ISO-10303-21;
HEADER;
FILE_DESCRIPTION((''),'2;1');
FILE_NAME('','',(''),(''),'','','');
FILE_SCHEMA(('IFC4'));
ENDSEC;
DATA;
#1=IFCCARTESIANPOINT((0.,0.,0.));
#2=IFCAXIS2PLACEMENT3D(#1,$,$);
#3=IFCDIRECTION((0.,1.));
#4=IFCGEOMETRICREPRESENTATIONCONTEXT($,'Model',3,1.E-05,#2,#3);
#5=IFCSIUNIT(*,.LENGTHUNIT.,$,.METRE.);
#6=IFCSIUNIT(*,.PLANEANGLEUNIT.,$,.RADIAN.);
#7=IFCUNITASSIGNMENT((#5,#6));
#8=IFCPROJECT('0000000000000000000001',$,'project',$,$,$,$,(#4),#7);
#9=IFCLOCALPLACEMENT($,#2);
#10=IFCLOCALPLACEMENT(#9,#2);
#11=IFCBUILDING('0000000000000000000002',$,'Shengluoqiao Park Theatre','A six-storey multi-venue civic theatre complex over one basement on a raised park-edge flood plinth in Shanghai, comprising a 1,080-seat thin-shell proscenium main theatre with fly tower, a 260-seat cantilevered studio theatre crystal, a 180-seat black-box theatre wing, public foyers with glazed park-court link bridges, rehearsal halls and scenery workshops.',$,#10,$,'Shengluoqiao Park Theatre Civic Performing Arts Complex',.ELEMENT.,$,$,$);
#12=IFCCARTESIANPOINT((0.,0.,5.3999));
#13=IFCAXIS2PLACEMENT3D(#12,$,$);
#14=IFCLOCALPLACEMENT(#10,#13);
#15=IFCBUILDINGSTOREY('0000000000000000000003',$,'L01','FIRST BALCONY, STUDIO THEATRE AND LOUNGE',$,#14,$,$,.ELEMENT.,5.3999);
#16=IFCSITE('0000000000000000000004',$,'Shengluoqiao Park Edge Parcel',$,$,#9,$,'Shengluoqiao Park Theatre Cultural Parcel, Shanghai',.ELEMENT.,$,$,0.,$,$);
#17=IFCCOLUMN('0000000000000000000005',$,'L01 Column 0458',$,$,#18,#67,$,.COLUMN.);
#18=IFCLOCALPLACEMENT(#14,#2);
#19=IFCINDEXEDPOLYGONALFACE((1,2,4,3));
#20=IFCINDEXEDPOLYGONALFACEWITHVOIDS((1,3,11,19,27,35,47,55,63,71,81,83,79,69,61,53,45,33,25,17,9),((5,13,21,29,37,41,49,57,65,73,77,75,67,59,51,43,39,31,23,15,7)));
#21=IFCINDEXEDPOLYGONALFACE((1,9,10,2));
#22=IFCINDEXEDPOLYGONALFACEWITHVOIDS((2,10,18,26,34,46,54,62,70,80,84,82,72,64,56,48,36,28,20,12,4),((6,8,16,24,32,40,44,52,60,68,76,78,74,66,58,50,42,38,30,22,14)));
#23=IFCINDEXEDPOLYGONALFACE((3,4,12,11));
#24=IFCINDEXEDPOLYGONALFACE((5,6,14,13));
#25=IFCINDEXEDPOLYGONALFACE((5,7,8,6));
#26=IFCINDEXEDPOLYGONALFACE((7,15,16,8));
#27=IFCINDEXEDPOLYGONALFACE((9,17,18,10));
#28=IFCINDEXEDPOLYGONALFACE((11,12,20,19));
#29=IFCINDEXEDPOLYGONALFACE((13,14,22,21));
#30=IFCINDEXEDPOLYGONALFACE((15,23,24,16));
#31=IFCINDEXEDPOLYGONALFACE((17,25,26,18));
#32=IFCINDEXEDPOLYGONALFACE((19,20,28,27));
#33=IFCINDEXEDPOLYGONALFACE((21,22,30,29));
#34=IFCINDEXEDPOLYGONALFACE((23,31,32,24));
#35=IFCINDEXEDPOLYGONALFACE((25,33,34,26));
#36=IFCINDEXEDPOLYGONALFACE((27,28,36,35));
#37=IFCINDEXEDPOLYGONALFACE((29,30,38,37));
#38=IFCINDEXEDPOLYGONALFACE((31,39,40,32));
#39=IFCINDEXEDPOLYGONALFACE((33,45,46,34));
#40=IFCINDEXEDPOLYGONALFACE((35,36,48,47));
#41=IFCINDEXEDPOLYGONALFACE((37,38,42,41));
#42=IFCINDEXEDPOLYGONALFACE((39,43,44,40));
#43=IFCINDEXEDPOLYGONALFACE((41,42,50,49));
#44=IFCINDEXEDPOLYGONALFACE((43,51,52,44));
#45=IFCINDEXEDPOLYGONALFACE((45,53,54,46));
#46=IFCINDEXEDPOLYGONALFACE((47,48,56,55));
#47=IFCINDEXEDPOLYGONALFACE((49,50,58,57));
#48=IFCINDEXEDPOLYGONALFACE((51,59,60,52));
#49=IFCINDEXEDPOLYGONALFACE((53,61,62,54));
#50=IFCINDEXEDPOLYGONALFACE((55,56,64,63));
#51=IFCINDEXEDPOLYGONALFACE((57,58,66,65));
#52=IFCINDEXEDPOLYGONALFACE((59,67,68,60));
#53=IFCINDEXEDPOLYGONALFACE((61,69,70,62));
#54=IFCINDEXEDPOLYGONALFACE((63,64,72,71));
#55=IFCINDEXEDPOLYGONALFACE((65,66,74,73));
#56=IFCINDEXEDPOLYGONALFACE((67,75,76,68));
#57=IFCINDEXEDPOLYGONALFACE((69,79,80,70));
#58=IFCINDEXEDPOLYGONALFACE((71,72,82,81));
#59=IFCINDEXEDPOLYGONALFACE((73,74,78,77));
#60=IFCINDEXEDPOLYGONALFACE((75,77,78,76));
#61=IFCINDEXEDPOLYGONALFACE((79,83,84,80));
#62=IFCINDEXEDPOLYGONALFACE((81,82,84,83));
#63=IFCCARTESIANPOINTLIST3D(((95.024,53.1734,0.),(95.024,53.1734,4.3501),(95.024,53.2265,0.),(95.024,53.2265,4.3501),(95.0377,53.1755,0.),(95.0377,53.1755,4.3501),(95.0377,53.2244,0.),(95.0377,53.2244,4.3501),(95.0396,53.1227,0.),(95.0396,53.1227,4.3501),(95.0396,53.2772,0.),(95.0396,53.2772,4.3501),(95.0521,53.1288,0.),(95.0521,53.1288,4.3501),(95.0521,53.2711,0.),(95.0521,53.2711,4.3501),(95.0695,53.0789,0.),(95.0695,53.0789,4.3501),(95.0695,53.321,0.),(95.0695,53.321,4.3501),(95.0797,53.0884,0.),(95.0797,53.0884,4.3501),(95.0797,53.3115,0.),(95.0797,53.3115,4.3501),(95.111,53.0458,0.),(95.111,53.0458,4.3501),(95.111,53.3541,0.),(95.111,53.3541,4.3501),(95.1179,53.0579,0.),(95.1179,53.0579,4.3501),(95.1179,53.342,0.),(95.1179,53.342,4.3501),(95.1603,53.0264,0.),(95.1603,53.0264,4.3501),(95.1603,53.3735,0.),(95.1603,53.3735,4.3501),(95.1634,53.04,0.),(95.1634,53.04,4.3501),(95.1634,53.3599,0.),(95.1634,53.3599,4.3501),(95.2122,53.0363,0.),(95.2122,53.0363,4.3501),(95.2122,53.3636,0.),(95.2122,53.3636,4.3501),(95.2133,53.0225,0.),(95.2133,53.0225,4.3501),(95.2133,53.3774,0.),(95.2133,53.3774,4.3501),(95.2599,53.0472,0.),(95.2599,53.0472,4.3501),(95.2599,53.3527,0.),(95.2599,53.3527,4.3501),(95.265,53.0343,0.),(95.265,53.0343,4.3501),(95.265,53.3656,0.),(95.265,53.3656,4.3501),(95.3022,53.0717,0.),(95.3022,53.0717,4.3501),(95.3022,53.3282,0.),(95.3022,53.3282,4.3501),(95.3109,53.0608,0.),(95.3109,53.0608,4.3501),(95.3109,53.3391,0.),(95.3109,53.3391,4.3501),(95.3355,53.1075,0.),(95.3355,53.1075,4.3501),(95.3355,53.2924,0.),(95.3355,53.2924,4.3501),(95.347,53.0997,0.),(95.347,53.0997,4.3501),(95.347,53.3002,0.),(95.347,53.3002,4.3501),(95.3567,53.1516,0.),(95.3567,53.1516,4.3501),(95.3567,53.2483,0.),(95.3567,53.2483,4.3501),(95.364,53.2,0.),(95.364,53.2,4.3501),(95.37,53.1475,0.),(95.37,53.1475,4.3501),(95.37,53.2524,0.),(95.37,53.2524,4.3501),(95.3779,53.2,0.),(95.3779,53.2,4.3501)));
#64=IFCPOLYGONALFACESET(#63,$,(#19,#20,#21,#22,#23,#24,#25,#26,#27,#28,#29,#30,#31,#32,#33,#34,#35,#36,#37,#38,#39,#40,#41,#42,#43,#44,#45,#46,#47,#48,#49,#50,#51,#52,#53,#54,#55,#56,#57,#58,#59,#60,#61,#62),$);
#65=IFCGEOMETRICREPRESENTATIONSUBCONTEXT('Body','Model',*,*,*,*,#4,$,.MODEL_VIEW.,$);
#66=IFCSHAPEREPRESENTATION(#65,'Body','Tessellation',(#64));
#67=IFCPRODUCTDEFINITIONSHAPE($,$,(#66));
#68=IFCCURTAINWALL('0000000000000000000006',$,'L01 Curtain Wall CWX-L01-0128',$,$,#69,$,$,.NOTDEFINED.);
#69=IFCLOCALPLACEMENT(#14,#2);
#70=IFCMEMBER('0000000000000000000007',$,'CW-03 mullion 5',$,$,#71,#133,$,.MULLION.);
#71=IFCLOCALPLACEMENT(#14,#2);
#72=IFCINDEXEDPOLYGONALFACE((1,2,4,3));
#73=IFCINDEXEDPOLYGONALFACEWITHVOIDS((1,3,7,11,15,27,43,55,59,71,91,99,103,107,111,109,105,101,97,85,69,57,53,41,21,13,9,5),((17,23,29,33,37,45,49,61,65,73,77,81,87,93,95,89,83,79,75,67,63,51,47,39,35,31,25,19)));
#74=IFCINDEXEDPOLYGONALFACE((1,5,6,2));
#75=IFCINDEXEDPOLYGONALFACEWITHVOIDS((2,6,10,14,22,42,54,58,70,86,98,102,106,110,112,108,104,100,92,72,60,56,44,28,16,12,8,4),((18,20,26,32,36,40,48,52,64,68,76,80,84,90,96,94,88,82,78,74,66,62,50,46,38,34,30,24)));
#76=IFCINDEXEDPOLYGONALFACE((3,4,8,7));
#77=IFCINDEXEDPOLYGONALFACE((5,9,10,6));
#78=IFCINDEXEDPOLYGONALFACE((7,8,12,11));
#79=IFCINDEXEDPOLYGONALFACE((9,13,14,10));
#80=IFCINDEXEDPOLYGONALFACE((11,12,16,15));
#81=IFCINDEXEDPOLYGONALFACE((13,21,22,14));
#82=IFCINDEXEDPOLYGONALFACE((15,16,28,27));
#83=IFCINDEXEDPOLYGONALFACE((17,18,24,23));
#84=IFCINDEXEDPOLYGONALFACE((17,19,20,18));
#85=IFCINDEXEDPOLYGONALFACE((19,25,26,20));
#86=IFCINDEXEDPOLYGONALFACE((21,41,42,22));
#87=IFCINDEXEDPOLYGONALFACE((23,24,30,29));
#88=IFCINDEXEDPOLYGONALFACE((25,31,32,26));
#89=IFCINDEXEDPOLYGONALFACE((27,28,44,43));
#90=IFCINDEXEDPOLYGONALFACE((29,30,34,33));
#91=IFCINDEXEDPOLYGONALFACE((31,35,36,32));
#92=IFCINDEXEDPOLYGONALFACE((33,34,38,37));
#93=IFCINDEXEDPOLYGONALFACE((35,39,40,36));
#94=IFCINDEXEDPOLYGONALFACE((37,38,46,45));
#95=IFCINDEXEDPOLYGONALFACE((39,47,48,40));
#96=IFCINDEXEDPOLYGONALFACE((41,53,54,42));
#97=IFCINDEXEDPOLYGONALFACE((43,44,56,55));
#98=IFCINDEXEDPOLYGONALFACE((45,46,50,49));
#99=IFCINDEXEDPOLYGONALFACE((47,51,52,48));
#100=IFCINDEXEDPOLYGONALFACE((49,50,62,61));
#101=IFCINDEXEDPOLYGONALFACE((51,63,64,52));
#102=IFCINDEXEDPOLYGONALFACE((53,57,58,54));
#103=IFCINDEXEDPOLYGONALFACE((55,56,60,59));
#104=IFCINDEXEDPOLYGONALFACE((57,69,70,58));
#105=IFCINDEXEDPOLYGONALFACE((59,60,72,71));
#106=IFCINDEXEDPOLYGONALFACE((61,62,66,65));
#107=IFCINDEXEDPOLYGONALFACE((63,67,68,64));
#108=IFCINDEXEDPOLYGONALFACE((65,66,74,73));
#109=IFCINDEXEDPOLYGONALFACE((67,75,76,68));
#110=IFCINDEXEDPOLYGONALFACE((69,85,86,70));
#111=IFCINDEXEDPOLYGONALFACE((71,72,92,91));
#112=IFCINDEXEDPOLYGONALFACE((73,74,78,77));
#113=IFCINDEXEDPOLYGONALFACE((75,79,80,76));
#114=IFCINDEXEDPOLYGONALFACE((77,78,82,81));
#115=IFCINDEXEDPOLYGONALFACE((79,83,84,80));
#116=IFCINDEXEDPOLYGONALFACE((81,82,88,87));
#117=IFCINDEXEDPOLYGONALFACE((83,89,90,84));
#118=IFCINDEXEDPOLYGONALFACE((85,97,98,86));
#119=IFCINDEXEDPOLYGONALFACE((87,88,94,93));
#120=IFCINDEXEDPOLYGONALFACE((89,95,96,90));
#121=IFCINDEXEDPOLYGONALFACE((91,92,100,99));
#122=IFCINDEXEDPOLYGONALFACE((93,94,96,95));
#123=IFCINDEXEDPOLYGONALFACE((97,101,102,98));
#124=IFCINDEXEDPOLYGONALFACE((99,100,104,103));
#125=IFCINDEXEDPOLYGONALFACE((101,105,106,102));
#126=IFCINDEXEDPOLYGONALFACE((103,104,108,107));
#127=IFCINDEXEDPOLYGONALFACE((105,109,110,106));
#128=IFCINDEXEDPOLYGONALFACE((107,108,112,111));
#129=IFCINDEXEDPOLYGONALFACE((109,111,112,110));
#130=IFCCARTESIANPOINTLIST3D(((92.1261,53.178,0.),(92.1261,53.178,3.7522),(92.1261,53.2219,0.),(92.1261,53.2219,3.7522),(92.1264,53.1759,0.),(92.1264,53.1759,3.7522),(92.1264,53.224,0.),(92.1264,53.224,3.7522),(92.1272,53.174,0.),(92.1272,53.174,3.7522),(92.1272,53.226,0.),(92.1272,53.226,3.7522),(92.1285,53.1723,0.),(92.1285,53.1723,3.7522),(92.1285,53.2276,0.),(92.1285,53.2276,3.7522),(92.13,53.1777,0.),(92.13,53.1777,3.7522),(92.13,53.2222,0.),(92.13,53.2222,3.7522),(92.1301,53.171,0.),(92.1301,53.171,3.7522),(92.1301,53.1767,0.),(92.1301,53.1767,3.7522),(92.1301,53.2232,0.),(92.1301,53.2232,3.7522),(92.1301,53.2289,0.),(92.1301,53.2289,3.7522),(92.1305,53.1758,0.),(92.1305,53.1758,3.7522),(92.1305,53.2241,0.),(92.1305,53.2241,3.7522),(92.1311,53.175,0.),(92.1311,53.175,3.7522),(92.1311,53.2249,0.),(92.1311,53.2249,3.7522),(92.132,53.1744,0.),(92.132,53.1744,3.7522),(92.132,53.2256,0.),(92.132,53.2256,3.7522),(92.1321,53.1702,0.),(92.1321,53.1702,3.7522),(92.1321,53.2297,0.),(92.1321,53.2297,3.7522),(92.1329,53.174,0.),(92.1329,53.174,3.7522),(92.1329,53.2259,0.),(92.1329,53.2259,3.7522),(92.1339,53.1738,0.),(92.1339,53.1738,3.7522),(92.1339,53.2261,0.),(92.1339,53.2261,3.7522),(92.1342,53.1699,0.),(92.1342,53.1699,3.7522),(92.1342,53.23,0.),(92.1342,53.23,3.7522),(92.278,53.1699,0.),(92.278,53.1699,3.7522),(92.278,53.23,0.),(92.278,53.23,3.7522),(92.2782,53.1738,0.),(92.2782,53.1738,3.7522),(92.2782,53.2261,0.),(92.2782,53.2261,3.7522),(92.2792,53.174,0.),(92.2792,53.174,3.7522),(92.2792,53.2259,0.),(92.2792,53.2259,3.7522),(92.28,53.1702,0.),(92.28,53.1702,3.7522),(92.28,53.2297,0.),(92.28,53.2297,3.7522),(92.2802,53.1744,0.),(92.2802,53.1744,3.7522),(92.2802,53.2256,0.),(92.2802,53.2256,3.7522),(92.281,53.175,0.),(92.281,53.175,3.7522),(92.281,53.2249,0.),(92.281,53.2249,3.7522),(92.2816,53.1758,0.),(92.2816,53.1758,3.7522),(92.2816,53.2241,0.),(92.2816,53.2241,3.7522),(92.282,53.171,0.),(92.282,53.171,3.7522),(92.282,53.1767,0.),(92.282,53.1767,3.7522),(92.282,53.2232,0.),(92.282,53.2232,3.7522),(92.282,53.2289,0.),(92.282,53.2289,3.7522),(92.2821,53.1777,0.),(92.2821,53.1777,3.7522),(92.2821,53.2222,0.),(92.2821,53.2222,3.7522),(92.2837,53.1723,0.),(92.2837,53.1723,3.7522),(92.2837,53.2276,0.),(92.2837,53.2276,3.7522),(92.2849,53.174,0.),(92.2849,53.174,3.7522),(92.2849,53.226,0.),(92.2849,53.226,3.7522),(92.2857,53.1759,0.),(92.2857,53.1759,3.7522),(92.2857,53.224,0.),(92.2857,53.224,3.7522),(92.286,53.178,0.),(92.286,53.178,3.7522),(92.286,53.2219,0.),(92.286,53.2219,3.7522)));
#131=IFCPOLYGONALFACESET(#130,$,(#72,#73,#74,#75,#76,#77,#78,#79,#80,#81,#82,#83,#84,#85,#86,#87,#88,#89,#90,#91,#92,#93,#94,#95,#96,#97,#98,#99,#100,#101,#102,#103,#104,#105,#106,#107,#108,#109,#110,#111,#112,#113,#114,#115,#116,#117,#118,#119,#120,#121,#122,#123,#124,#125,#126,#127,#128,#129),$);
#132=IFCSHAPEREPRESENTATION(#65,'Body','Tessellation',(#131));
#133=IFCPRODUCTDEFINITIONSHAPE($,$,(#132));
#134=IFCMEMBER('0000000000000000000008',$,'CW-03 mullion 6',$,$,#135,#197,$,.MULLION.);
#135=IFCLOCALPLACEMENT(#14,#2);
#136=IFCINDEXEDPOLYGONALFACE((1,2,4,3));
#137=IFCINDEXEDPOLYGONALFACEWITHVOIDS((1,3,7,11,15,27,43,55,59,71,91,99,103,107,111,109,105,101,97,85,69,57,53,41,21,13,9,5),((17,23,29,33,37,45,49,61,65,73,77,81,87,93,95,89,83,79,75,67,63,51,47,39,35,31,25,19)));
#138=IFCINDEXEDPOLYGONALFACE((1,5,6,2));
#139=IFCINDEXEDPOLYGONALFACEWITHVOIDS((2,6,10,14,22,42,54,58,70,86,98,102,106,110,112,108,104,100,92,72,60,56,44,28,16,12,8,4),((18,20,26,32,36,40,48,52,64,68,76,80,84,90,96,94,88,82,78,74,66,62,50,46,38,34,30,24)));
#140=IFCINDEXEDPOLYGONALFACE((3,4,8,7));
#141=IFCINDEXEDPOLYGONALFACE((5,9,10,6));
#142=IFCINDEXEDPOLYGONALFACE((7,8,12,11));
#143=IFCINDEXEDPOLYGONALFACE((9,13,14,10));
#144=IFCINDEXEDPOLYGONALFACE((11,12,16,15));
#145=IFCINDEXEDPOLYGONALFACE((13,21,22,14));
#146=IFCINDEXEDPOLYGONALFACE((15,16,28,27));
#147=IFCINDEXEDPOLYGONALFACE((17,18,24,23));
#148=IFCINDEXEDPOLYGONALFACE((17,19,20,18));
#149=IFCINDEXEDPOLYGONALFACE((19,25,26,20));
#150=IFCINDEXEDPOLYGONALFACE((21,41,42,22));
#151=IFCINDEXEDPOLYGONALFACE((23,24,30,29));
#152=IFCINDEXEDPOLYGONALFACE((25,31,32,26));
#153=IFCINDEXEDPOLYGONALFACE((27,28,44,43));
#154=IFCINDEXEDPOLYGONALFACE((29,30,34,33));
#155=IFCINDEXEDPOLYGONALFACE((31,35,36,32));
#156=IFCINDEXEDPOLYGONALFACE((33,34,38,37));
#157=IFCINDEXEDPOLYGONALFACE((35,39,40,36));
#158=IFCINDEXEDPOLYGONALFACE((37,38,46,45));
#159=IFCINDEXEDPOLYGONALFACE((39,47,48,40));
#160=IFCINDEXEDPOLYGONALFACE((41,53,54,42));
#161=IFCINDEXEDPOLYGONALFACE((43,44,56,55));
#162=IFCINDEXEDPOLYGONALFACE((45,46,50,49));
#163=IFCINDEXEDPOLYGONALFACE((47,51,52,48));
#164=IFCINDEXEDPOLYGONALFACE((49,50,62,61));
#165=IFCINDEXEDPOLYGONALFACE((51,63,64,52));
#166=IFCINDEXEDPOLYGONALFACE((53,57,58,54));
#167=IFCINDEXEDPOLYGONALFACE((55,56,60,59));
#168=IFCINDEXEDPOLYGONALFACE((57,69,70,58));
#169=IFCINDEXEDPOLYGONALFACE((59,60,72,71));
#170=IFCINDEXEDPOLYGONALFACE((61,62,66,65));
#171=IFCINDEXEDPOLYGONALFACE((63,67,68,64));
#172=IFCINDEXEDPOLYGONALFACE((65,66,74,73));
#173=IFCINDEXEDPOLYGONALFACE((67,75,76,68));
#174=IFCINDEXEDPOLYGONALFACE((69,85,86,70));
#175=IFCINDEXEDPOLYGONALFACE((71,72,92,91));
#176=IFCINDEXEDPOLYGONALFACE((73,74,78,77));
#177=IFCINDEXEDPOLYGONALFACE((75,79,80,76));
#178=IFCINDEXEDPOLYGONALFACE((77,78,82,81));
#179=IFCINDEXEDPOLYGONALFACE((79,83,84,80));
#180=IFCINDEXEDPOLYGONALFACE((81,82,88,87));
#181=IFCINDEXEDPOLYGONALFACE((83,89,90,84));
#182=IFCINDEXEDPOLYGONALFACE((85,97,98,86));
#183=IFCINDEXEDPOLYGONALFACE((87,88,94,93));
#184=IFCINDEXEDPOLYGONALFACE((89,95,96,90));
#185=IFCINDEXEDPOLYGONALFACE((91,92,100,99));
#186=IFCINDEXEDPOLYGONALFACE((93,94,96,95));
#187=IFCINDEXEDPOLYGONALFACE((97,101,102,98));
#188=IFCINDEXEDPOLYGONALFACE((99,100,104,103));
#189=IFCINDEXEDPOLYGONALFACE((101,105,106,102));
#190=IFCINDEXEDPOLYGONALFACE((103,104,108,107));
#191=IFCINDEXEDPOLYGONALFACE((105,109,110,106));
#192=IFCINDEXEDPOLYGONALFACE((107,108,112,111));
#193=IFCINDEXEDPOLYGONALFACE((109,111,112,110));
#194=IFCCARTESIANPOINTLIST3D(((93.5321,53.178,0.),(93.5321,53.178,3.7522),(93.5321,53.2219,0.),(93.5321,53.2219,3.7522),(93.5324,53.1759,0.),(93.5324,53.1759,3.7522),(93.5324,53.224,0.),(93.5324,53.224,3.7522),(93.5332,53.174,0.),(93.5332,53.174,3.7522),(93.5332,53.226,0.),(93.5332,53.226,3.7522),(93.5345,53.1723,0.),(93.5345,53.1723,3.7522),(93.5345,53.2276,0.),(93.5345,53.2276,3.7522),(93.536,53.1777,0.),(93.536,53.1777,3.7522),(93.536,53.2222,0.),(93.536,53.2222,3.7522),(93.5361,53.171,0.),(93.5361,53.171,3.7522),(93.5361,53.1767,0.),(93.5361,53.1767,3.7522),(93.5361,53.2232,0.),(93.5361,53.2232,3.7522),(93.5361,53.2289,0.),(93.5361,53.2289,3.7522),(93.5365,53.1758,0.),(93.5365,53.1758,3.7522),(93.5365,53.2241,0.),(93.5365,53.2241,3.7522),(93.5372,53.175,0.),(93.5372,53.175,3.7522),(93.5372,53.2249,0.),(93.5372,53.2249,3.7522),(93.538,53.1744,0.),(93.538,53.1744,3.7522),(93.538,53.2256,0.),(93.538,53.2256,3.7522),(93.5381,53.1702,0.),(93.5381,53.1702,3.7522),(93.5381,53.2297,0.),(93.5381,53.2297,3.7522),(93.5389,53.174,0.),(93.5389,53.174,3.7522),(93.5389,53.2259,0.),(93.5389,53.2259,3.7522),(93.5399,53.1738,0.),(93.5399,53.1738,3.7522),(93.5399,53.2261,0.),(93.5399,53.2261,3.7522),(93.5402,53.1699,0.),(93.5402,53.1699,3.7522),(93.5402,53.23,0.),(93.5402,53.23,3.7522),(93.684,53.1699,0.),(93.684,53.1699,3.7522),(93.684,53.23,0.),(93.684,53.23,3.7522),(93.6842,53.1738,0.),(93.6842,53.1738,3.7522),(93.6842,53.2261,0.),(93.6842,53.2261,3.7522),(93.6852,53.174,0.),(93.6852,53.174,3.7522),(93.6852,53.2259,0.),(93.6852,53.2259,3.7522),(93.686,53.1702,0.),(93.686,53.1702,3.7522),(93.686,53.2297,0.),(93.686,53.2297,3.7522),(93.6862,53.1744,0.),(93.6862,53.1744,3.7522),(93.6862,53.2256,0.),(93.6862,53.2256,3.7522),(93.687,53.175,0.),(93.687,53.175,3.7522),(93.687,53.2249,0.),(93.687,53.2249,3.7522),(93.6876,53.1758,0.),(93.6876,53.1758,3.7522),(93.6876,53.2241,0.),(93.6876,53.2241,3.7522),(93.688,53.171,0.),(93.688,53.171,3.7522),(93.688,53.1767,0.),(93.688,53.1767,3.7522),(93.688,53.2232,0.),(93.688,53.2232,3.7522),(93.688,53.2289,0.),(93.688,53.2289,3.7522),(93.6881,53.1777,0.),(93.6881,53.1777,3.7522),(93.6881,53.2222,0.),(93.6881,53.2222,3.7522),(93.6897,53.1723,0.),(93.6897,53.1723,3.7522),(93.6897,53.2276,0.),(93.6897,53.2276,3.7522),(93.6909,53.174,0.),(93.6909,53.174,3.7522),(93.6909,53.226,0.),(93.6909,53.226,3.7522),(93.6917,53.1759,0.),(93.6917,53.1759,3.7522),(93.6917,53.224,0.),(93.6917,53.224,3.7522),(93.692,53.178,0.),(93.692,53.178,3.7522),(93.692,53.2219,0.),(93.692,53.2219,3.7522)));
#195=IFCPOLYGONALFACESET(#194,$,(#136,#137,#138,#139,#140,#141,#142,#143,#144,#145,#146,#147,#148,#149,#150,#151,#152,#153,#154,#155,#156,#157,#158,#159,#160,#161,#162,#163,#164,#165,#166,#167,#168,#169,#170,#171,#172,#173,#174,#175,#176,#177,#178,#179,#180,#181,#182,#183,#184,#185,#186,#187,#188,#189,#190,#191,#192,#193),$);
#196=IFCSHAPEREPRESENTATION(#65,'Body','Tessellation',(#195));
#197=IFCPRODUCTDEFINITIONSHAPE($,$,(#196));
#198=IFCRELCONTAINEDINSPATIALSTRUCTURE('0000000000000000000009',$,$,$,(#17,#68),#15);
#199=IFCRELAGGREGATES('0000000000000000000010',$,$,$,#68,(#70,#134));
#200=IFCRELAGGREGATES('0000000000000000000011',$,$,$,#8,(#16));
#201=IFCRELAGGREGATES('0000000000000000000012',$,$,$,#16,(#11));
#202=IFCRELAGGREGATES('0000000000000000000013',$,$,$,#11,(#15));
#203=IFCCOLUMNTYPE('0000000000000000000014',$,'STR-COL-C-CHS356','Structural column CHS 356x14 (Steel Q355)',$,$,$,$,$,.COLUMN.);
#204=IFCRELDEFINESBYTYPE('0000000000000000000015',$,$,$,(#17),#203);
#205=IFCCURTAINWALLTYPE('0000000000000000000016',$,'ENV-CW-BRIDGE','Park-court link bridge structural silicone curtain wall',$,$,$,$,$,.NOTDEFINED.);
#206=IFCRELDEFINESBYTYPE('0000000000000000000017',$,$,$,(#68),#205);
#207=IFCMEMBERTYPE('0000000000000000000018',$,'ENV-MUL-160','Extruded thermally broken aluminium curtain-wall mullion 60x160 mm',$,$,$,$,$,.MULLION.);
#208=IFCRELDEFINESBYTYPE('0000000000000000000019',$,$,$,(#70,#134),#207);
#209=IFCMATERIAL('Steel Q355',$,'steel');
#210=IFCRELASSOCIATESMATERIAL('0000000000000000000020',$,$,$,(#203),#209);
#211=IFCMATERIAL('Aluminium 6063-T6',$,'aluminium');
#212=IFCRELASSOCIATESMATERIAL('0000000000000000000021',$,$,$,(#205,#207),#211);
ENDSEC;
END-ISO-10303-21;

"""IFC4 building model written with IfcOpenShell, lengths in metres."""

from ifc_helpers import new_model, si_unit, direction, frame, origin, origin_2d, place, context, subcontext, project, spatial, hollow_rectangle, hollow_circle, extrude, material, material_profile, profile_set, type_object, element, aggregate, save


model = new_model("IFC4")

# Units and contexts
model_context = context("Model", 3, precision=1e-05, world=origin(), true_north=direction((0.0, 1.0)))
body_context = subcontext(model_context, "Body", "Model", "MODEL_VIEW")
ifc_project = project(units=[si_unit("LENGTHUNIT", "METRE"), si_unit("PLANEANGLEUNIT", "RADIAN")], contexts=[model_context])

# Site, building, storey
site_placement = place(None, origin())
site = spatial("IfcSite", under=ifc_project, at=site_placement, Name="Shengluoqiao Park Edge Parcel", LongName="Shengluoqiao Park Theatre Cultural Parcel, Shanghai", CompositionType="ELEMENT", RefElevation=0.0)
building_placement = place(site_placement, origin())
building = spatial("IfcBuilding", under=site, at=building_placement, Name="Shengluoqiao Park Theatre", Description="A six-storey multi-venue civic theatre complex over one basement on a raised park-edge flood plinth in Shanghai, comprising a 1,080-seat thin-shell proscenium main theatre with fly tower, a 260-seat cantilevered studio theatre crystal, a 180-seat black-box theatre wing, public foyers with glazed park-court link bridges, rehearsal halls and scenery workshops.", LongName="Shengluoqiao Park Theatre Civic Performing Arts Complex", CompositionType="ELEMENT")
storey_placement = place(building_placement, frame((0.0, 0.0, 5.3999)))
storey = spatial("IfcBuildingStorey", under=building, at=storey_placement, Name="L01", Description="FIRST BALCONY, STUDIO THEATRE AND LOUNGE", CompositionType="ELEMENT", Elevation=5.3999)

# Column
ifc_material_1 = material(Name="Steel Q355", Category="steel")
ifc_material_profile_1 = material_profile(ifc_material_1, hollow_circle(Radius=0.178, WallThickness=0.0139, at=origin_2d()), Name="CHS 356x14")
ifc_profile_set_1 = profile_set([ifc_material_profile_1], Name="Steel Q355")
column_type = type_object("IfcColumnType", Name="STR-COL-C-CHS356", Description="Structural column CHS 356x14 (Steel Q355)", PredefinedType="COLUMN", material=ifc_profile_set_1)
column_placement = place(storey_placement, frame((95.2, 53.2, 0.0), z_axis=(0.0, 0.0, 1.0), x_axis=(1.0, 0.0, 0.0)))
element("IfcColumn", 1, at=column_placement, inside=storey, type_object=column_type, Name="L01 Column 0458", PredefinedType="COLUMN", context=body_context, shape_type="SweptSolid", body=[
    extrude(hollow_circle(Radius=0.178, WallThickness=0.0139, at=origin_2d()), origin(), (0.0, 0.0, 1.0), 4.3501),
])

# Curtain wall, members
ifc_material_2 = material(Name="Aluminium 6063-T6", Category="aluminium")
curtain_wall_type = type_object("IfcCurtainWallType", Name="ENV-CW-BRIDGE", Description="Park-court link bridge structural silicone curtain wall", PredefinedType="NOTDEFINED", material=ifc_material_2)
curtain_wall_1_placement = place(storey_placement, origin())
curtain_wall_1 = element("IfcCurtainWall", 2, at=curtain_wall_1_placement, inside=storey, type_object=curtain_wall_type, Name="L01 Curtain Wall CWX-L01-0128", PredefinedType="NOTDEFINED")
ifc_material_profile_2 = material_profile(ifc_material_2, hollow_rectangle(XDim=0.0601, YDim=0.1599, WallThickness=0.0039, InnerFilletRadius=0.0039, OuterFilletRadius=0.0081, at=origin_2d()), Name="ALU MULLION 160x60x4")
ifc_profile_set_2 = profile_set([ifc_material_profile_2], Name="Aluminium 6063-T6")
member_type_1 = type_object("IfcMemberType", Name="ENV-MUL-160", Description="Extruded thermally broken aluminium curtain-wall mullion 60x160 mm", PredefinedType="MULLION", material=ifc_profile_set_2)
member_1_placement = place(storey_placement, frame((92.2061, 53.2, 0.0), z_axis=(0.0, 0.0, 1.0), x_axis=(0.0, 1.0, 0.0)))
member_1 = element("IfcMember", 3, at=member_1_placement, type_object=member_type_1, Name="CW-03 mullion 5", PredefinedType="MULLION", context=body_context, shape_type="SweptSolid", body=[
    extrude(hollow_rectangle(XDim=0.0601, YDim=0.1599, WallThickness=0.0039, InnerFilletRadius=0.0039, OuterFilletRadius=0.0081, at=origin_2d()), origin(), (0.0, 0.0, 1.0), 3.7522),
])
member_2_placement = place(storey_placement, frame((93.6121, 53.2, 0.0), z_axis=(0.0, 0.0, 1.0), x_axis=(0.0, 1.0, 0.0)))
member_2 = element("IfcMember", 4, at=member_2_placement, type_object=member_type_1, Name="CW-03 mullion 6", PredefinedType="MULLION", context=body_context, shape_type="SweptSolid", body=[
    extrude(hollow_rectangle(XDim=0.0601, YDim=0.1599, WallThickness=0.0039, InnerFilletRadius=0.0039, OuterFilletRadius=0.0081, at=origin_2d()), origin(), (0.0, 0.0, 1.0), 3.7522),
])

aggregate(curtain_wall_1, [member_1, member_2])

save(model, "model.ifc")
